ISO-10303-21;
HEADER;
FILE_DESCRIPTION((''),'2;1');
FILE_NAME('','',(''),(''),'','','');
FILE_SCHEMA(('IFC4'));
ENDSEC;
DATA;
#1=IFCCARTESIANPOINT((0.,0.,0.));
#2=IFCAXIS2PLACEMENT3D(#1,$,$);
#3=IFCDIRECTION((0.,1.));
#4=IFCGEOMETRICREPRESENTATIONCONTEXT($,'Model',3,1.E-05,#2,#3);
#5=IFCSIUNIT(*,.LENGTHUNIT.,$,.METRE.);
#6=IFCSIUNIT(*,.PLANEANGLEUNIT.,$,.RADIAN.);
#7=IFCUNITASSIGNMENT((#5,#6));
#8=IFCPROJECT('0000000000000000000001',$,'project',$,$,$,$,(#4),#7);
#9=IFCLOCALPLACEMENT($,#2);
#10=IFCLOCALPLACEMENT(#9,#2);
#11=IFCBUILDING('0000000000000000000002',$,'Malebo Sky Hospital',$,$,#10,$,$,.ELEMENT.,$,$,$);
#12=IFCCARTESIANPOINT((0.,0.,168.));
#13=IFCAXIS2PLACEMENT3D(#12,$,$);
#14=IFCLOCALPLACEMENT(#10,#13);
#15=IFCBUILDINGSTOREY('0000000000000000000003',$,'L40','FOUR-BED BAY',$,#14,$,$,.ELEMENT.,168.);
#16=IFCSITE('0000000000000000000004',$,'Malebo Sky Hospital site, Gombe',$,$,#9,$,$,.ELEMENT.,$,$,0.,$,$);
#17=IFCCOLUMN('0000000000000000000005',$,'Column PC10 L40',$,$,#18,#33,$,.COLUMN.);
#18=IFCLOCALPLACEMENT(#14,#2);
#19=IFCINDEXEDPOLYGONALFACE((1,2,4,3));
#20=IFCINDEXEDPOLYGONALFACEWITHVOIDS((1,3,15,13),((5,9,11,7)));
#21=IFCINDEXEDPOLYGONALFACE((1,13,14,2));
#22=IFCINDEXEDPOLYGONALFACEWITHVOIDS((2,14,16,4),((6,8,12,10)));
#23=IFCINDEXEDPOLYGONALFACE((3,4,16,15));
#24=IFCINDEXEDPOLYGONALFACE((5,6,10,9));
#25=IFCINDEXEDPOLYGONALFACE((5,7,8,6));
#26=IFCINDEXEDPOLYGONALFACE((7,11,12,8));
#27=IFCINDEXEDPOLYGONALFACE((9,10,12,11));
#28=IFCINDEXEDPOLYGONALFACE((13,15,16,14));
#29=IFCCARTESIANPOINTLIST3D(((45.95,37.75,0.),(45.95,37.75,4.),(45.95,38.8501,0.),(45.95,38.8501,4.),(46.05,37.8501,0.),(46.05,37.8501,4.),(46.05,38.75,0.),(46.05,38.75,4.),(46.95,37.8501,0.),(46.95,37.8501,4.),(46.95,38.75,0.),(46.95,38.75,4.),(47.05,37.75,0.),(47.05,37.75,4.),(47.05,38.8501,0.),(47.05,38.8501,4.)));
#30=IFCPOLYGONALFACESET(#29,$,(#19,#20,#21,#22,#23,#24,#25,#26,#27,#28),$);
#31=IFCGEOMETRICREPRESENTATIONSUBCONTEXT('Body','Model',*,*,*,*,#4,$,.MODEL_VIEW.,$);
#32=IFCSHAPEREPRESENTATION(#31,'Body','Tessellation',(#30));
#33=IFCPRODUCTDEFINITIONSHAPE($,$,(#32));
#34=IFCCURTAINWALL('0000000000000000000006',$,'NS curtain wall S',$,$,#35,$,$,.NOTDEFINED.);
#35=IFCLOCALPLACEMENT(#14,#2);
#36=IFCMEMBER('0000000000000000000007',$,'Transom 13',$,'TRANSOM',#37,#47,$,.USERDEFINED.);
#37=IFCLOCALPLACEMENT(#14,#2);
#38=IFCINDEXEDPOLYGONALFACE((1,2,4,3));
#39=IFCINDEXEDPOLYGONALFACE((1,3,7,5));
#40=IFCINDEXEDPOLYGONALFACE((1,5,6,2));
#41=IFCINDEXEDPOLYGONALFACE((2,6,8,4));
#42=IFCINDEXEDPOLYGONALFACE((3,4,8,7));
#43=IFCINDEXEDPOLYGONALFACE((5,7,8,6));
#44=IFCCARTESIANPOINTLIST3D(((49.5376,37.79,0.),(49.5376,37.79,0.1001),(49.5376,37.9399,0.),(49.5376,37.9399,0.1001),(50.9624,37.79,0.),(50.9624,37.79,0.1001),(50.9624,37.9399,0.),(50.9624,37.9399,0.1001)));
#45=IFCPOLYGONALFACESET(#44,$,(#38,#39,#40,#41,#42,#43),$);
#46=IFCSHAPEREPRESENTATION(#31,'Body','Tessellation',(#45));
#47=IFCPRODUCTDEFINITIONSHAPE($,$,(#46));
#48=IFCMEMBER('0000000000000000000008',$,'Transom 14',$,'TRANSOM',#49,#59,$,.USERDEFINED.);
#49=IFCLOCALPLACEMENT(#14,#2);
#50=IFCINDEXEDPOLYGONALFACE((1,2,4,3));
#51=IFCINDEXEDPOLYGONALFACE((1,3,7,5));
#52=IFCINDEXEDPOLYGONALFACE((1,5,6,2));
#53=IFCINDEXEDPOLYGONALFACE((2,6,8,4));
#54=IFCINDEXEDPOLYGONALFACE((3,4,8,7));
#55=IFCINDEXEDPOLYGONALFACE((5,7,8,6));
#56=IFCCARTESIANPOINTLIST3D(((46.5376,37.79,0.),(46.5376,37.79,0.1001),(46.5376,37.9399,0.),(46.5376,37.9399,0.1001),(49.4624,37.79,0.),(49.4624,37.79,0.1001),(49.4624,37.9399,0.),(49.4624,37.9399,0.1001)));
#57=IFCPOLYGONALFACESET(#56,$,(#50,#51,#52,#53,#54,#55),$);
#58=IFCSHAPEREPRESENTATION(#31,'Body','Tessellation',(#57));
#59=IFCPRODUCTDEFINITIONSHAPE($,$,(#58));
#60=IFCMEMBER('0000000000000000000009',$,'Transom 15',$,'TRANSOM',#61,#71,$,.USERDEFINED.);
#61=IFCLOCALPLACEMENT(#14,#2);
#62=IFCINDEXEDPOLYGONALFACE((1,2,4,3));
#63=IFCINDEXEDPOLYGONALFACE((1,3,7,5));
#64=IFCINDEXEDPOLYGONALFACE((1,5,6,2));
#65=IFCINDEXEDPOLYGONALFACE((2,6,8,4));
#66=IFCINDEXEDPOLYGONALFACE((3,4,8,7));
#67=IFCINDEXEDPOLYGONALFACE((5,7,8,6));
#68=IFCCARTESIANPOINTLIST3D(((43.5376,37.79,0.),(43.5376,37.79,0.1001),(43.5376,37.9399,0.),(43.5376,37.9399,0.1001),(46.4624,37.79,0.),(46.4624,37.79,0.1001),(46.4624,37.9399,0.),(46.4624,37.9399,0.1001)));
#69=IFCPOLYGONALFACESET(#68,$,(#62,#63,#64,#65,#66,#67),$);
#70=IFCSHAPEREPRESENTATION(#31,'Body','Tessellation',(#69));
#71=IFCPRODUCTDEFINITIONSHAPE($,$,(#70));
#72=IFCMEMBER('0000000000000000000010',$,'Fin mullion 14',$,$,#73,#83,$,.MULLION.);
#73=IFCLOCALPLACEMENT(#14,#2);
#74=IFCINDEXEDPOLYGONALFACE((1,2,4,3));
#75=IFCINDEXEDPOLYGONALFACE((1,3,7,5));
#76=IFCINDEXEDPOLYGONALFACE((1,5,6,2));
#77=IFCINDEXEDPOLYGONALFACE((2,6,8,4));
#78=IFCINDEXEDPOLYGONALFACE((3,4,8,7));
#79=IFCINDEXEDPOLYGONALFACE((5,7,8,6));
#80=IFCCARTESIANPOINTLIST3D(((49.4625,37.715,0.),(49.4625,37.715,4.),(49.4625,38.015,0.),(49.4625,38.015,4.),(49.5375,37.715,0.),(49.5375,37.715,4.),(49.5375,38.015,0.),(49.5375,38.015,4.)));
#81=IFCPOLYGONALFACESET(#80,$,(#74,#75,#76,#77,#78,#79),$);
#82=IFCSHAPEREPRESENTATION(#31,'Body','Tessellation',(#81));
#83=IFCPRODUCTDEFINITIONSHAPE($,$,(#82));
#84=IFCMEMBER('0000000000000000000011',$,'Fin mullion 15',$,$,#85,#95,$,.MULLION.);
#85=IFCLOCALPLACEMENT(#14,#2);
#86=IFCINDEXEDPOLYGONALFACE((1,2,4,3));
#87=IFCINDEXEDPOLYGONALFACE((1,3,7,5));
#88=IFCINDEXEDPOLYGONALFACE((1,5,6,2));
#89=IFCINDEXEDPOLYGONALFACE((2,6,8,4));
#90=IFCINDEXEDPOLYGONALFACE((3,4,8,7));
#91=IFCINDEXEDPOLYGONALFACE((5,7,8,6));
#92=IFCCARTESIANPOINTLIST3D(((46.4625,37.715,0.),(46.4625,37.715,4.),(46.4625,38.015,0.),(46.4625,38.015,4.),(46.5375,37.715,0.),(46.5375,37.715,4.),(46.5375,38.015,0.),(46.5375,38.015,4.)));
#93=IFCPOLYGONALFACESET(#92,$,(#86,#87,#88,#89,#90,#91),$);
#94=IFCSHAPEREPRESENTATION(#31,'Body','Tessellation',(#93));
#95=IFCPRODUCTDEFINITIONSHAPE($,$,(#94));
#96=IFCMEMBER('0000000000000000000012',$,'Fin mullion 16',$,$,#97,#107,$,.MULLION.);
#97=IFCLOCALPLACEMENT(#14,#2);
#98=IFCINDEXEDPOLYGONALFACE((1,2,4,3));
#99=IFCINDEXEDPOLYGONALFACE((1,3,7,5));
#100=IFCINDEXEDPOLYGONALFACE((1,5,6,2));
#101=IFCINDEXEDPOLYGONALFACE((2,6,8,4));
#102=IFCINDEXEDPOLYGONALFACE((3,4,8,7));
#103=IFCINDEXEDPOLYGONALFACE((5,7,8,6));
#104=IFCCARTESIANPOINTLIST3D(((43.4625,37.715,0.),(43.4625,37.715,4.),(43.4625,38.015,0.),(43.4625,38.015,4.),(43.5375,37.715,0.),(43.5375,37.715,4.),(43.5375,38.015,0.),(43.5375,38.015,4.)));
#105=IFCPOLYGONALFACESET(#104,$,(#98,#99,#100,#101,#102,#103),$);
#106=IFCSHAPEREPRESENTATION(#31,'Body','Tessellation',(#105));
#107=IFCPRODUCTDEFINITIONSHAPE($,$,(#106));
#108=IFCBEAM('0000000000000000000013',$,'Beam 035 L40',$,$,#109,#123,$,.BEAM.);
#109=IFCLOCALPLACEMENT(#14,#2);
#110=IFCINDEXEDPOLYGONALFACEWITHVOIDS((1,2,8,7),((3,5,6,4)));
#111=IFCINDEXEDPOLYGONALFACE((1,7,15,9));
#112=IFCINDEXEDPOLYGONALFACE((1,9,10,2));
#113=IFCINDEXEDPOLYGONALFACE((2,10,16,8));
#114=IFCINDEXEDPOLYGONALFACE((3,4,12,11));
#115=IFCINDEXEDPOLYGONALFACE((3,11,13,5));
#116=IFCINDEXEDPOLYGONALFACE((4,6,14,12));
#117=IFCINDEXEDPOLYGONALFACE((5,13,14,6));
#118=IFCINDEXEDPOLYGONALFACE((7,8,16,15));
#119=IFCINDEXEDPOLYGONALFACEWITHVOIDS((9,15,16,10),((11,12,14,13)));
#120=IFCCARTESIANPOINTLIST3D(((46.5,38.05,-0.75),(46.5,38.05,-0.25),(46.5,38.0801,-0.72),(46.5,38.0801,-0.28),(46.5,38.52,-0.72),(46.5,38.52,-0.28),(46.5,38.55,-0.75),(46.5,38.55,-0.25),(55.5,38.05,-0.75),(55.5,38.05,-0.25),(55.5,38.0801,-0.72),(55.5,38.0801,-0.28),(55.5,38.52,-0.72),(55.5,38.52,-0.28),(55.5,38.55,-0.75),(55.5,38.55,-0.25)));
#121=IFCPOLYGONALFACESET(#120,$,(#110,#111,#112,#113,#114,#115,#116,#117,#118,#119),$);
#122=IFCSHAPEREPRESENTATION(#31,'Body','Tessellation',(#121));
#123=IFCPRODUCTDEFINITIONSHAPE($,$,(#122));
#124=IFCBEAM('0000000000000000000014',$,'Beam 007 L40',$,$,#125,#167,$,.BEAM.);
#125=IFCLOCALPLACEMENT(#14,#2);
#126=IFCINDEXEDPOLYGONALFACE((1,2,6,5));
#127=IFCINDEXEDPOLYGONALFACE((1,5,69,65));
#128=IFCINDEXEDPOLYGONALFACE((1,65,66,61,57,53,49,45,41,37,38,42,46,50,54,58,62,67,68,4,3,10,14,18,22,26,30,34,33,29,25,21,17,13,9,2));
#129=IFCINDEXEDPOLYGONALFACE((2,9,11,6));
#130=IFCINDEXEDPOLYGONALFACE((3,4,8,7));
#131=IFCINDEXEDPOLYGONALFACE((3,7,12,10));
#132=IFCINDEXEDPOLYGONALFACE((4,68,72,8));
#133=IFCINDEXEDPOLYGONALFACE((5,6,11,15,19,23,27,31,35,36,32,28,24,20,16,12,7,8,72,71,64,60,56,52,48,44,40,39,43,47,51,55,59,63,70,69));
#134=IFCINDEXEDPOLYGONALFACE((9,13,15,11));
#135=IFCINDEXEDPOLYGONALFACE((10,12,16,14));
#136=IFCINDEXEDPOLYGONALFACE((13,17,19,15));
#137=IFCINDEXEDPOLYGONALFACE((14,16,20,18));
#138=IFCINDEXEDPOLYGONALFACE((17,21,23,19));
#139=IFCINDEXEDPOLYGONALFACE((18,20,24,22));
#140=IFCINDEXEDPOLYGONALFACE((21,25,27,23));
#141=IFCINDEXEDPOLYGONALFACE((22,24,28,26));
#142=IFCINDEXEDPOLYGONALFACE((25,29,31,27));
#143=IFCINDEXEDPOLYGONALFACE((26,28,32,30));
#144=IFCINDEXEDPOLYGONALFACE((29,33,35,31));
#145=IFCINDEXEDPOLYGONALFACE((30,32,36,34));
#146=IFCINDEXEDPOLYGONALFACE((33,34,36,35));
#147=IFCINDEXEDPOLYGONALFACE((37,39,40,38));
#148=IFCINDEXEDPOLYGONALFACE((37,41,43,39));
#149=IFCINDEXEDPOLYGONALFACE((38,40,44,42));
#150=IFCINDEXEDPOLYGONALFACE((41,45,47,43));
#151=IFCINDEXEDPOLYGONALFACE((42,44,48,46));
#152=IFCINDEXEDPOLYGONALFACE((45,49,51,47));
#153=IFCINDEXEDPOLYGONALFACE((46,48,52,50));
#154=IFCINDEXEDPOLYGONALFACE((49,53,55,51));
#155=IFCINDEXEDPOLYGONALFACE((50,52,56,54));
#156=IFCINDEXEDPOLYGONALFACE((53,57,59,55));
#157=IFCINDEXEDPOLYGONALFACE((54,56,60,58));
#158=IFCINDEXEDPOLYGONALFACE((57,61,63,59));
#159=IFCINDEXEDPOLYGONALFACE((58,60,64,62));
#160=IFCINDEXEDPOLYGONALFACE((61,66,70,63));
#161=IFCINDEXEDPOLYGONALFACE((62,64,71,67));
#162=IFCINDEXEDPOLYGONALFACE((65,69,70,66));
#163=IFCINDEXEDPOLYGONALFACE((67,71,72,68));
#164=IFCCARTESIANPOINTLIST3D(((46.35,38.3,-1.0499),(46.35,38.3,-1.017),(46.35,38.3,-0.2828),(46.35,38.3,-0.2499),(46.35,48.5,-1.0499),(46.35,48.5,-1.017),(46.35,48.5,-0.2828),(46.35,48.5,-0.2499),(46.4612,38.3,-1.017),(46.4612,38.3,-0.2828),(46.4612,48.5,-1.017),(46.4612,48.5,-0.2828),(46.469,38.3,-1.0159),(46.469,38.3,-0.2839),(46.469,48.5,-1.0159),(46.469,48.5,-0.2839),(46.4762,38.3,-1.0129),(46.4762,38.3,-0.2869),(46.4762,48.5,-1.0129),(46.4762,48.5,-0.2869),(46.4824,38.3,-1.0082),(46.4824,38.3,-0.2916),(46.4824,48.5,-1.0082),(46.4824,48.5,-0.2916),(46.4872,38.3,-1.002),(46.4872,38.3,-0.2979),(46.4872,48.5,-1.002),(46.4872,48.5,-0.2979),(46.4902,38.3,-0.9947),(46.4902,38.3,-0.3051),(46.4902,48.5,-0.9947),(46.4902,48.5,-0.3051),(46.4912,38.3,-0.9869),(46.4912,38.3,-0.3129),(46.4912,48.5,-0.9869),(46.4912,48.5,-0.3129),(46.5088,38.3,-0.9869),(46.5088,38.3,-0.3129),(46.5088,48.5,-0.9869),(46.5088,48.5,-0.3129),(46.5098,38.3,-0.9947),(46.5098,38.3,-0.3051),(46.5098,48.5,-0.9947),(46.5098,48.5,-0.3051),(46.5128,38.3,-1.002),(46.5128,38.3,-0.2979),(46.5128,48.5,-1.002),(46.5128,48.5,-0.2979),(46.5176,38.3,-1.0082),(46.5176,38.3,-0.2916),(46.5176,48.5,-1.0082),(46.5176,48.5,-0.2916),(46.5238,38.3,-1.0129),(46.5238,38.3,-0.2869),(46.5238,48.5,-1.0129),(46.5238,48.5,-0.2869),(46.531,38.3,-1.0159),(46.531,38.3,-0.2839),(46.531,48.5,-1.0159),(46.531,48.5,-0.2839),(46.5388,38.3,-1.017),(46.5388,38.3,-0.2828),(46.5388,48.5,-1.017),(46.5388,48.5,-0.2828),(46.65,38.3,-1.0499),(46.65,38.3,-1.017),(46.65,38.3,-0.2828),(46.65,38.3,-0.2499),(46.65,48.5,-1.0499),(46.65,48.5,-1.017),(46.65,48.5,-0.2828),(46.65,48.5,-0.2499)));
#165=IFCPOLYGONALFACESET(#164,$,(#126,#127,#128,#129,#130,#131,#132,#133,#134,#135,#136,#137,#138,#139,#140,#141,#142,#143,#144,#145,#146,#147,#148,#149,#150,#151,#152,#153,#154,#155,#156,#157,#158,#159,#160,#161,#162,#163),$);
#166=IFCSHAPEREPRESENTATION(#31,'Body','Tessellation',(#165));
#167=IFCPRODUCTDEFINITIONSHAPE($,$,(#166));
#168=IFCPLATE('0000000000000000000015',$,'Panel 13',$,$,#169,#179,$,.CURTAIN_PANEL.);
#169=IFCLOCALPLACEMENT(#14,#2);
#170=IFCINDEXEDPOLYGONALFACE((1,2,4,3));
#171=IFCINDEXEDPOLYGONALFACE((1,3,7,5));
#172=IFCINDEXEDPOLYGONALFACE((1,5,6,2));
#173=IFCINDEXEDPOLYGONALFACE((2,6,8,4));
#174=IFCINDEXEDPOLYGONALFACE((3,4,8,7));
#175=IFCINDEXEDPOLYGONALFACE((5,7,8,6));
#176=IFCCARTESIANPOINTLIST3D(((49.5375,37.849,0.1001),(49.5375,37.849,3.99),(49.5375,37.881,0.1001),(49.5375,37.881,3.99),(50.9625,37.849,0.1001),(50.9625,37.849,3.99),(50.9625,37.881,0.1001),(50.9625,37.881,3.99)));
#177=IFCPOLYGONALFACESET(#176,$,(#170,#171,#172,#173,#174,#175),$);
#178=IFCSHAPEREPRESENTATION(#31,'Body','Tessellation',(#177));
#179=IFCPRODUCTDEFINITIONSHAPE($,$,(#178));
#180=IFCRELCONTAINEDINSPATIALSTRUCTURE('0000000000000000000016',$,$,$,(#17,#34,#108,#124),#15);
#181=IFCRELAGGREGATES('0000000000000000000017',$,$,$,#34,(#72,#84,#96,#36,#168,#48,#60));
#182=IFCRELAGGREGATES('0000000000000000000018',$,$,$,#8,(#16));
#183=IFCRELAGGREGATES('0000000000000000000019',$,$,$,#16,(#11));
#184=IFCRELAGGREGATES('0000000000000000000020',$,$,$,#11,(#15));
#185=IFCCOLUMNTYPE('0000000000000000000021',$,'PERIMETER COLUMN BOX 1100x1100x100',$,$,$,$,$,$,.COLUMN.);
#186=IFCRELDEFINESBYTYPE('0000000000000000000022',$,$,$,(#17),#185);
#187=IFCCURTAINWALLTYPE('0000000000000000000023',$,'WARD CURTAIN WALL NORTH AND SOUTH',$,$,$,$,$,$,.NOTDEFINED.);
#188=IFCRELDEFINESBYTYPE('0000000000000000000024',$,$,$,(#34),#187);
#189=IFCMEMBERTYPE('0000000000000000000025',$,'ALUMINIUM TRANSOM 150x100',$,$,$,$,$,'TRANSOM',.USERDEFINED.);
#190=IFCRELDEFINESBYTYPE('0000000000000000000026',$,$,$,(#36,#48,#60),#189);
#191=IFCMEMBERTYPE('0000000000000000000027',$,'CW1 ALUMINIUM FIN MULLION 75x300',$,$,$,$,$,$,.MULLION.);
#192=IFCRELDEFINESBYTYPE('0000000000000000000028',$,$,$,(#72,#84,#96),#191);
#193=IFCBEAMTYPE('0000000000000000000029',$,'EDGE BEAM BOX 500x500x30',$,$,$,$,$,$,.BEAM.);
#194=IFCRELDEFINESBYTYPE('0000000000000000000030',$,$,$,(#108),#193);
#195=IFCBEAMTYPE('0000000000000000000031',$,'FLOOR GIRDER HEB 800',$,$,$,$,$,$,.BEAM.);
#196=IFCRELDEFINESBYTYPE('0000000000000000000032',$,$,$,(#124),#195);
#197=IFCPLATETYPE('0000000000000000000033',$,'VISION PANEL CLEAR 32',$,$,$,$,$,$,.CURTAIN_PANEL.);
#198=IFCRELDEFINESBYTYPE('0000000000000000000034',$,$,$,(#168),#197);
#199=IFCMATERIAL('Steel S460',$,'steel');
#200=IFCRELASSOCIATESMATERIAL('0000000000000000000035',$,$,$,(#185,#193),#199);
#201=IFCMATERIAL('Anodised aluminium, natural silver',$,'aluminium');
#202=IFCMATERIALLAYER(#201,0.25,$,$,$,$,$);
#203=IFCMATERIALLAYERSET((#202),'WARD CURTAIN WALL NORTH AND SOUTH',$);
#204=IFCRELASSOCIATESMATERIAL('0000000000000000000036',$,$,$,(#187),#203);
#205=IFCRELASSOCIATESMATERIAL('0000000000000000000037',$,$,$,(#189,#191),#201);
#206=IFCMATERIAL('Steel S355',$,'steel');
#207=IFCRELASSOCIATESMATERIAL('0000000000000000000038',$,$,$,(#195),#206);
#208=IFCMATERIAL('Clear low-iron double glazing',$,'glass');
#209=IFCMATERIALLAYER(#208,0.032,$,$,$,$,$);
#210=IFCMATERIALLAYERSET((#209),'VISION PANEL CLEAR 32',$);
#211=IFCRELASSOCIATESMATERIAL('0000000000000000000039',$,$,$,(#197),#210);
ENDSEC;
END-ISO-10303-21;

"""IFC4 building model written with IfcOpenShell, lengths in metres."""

from ifc_helpers import new_model, si_unit, direction, frame, origin, origin_2d, place, context, subcontext, project, spatial, rectangle, hollow_rectangle, i_section, extrude, material, layer, layer_set, material_profile, profile_set, type_object, element, aggregate, save


model = new_model("IFC4")

# Units and contexts
model_context = context("Model", 3, precision=1e-05, world=origin(), true_north=direction((0.0, 1.0)))
body_context = subcontext(model_context, "Body", "Model", "MODEL_VIEW")
ifc_project = project(units=[si_unit("LENGTHUNIT", "METRE"), si_unit("PLANEANGLEUNIT", "RADIAN")], contexts=[model_context])

# Site, building, storey
site_placement = place(None, origin())
site = spatial("IfcSite", under=ifc_project, at=site_placement, Name="Malebo Sky Hospital site, Gombe", CompositionType="ELEMENT", RefElevation=0.0)
building_placement = place(site_placement, origin())
building = spatial("IfcBuilding", under=site, at=building_placement, Name="Malebo Sky Hospital", CompositionType="ELEMENT")
storey_placement = place(building_placement, frame((0.0, 0.0, 168.0)))
storey = spatial("IfcBuildingStorey", under=building, at=storey_placement, Name="L40", Description="FOUR-BED BAY", CompositionType="ELEMENT", Elevation=168.0)

# Column
ifc_material_1 = material(Name="Steel S460", Category="steel")
ifc_material_profile_1 = material_profile(ifc_material_1, hollow_rectangle(XDim=1.1001, YDim=1.1001, WallThickness=0.1001, at=origin_2d()), Name="BOX 1100x1100x100")
ifc_profile_set_1 = profile_set([ifc_material_profile_1], Name="Steel S460")
column_type = type_object("IfcColumnType", Name="PERIMETER COLUMN BOX 1100x1100x100", PredefinedType="COLUMN", material=ifc_profile_set_1)
column_placement = place(storey_placement, frame((46.5, 38.3, 0.0), z_axis=(0.0, 0.0, 1.0), x_axis=(1.0, 0.0, 0.0)))
element("IfcColumn", 1, at=column_placement, inside=storey, type_object=column_type, Name="Column PC10 L40", PredefinedType="COLUMN", context=body_context, shape_type="SweptSolid", body=[
    extrude(hollow_rectangle(XDim=1.1001, YDim=1.1001, WallThickness=0.1001, at=origin_2d()), origin(), (0.0, 0.0, 1.0), 4.0),
])

# Curtain wall, members
ifc_material_2 = material(Name="Anodised aluminium, natural silver", Category="aluminium")
ifc_layer_1 = layer(ifc_material_2, 0.25)
ifc_layer_set_1 = layer_set([ifc_layer_1], Name="WARD CURTAIN WALL NORTH AND SOUTH")
curtain_wall_type = type_object("IfcCurtainWallType", Name="WARD CURTAIN WALL NORTH AND SOUTH", PredefinedType="NOTDEFINED", material=ifc_layer_set_1)
curtain_wall_placement = place(storey_placement, origin())
curtain_wall = element("IfcCurtainWall", 2, at=curtain_wall_placement, inside=storey, type_object=curtain_wall_type, Name="NS curtain wall S", PredefinedType="NOTDEFINED")
ifc_material_profile_2 = material_profile(ifc_material_2, rectangle(XDim=0.1499, YDim=0.1001, at=origin_2d()), Name="ALUMINIUM TRANSOM 150x100")
ifc_profile_set_2 = profile_set([ifc_material_profile_2], Name="Anodised aluminium, natural silver")
member_type_1 = type_object("IfcMemberType", Name="ALUMINIUM TRANSOM 150x100", ElementType="TRANSOM", PredefinedType="USERDEFINED", material=ifc_profile_set_2)
member_1_placement = place(storey_placement, frame((50.9624, 37.865, 0.05), z_axis=(-1.0, 0.0, 0.0), x_axis=(0.0, -1.0, 0.0)))
member_1 = element("IfcMember", 3, at=member_1_placement, type_object=member_type_1, Name="Transom 13", ObjectType="TRANSOM", PredefinedType="USERDEFINED", context=body_context, shape_type="SweptSolid", body=[
    extrude(rectangle(XDim=0.1499, YDim=0.1001, at=origin_2d()), origin(), (0.0, 0.0, 1.0), 1.4248),
])
member_2_placement = place(storey_placement, frame((49.4624, 37.865, 0.05), z_axis=(-1.0, 0.0, 0.0), x_axis=(0.0, -1.0, 0.0)))
member_2 = element("IfcMember", 4, at=member_2_placement, type_object=member_type_1, Name="Transom 14", ObjectType="TRANSOM", PredefinedType="USERDEFINED", context=body_context, shape_type="SweptSolid", body=[
    extrude(rectangle(XDim=0.1499, YDim=0.1001, at=origin_2d()), origin(), (0.0, 0.0, 1.0), 2.9248),
])
member_3_placement = place(storey_placement, frame((46.4624, 37.865, 0.05), z_axis=(-1.0, 0.0, 0.0), x_axis=(0.0, -1.0, 0.0)))
member_3 = element("IfcMember", 5, at=member_3_placement, type_object=member_type_1, Name="Transom 15", ObjectType="TRANSOM", PredefinedType="USERDEFINED", context=body_context, shape_type="SweptSolid", body=[
    extrude(rectangle(XDim=0.1499, YDim=0.1001, at=origin_2d()), origin(), (0.0, 0.0, 1.0), 2.9248),
])
ifc_material_profile_3 = material_profile(ifc_material_2, rectangle(XDim=0.075, YDim=0.3, at=origin_2d()), Name="CW1 ALUMINIUM FIN MULLION 75x300")
ifc_profile_set_3 = profile_set([ifc_material_profile_3], Name="Anodised aluminium, natural silver")
member_type_2 = type_object("IfcMemberType", Name="CW1 ALUMINIUM FIN MULLION 75x300", PredefinedType="MULLION", material=ifc_profile_set_3)
member_4_placement = place(storey_placement, frame((49.5, 37.865, 0.0), z_axis=(0.0, 0.0, 1.0), x_axis=(-1.0, 0.0, 0.0)))
member_4 = element("IfcMember", 6, at=member_4_placement, type_object=member_type_2, Name="Fin mullion 14", PredefinedType="MULLION", context=body_context, shape_type="SweptSolid", body=[
    extrude(rectangle(XDim=0.075, YDim=0.3, at=origin_2d()), origin(), (0.0, 0.0, 1.0), 4.0),
])
member_5_placement = place(storey_placement, frame((46.5, 37.865, 0.0), z_axis=(0.0, 0.0, 1.0), x_axis=(-1.0, 0.0, 0.0)))
member_5 = element("IfcMember", 7, at=member_5_placement, type_object=member_type_2, Name="Fin mullion 15", PredefinedType="MULLION", context=body_context, shape_type="SweptSolid", body=[
    extrude(rectangle(XDim=0.075, YDim=0.3, at=origin_2d()), origin(), (0.0, 0.0, 1.0), 4.0),
])
member_6_placement = place(storey_placement, frame((43.5, 37.865, 0.0), z_axis=(0.0, 0.0, 1.0), x_axis=(-1.0, 0.0, 0.0)))
member_6 = element("IfcMember", 8, at=member_6_placement, type_object=member_type_2, Name="Fin mullion 16", PredefinedType="MULLION", context=body_context, shape_type="SweptSolid", body=[
    extrude(rectangle(XDim=0.075, YDim=0.3, at=origin_2d()), origin(), (0.0, 0.0, 1.0), 4.0),
])

# Beams
ifc_material_profile_4 = material_profile(ifc_material_1, hollow_rectangle(XDim=0.5, YDim=0.5, WallThickness=0.03, at=origin_2d()), Name="BOX 500x500x30")
ifc_profile_set_4 = profile_set([ifc_material_profile_4], Name="Steel S460")
beam_type_1 = type_object("IfcBeamType", Name="EDGE BEAM BOX 500x500x30", PredefinedType="BEAM", material=ifc_profile_set_4)
beam_1_placement = place(storey_placement, frame((46.5, 38.3, -0.5), z_axis=(1.0, 0.0, 0.0), x_axis=(0.0, 1.0, 0.0)))
element("IfcBeam", 9, at=beam_1_placement, inside=storey, type_object=beam_type_1, Name="Beam 035 L40", PredefinedType="BEAM", context=body_context, shape_type="SweptSolid", body=[
    extrude(hollow_rectangle(XDim=0.5, YDim=0.5, WallThickness=0.03, at=origin_2d()), origin(), (0.0, 0.0, 1.0), 9.0),
])
ifc_material_3 = material(Name="Steel S355", Category="steel")
ifc_material_profile_5 = material_profile(ifc_material_3, i_section(OverallWidth=0.3, OverallDepth=0.8, WebThickness=0.0176, FlangeThickness=0.033, FilletRadius=0.03, at=origin_2d()), Name="HEB 800")
ifc_profile_set_5 = profile_set([ifc_material_profile_5], Name="Steel S355")
beam_type_2 = type_object("IfcBeamType", Name="FLOOR GIRDER HEB 800", PredefinedType="BEAM", material=ifc_profile_set_5)
beam_2_placement = place(storey_placement, frame((46.5, 38.3, -0.6499), z_axis=(0.0, 1.0, 0.0), x_axis=(-1.0, 0.0, 0.0)))
element("IfcBeam", 10, at=beam_2_placement, inside=storey, type_object=beam_type_2, Name="Beam 007 L40", PredefinedType="BEAM", context=body_context, shape_type="SweptSolid", body=[
    extrude(i_section(OverallWidth=0.3, OverallDepth=0.8, WebThickness=0.0176, FlangeThickness=0.033, FilletRadius=0.03, at=origin_2d()), origin(), (0.0, 0.0, 1.0), 10.2),
])

# Plate
ifc_material_4 = material(Name="Clear low-iron double glazing", Category="glass")
ifc_layer_2 = layer(ifc_material_4, 0.032)
ifc_layer_set_2 = layer_set([ifc_layer_2], Name="VISION PANEL CLEAR 32")
plate_type = type_object("IfcPlateType", Name="VISION PANEL CLEAR 32", PredefinedType="CURTAIN_PANEL", material=ifc_layer_set_2)
plate_1_placement = place(storey_placement, frame((50.25, 37.865, 0.1001), z_axis=(0.0, 0.0, 1.0), x_axis=(-1.0, 0.0, 0.0)))
plate_1 = element("IfcPlate", 11, at=plate_1_placement, type_object=plate_type, Name="Panel 13", PredefinedType="CURTAIN_PANEL", context=body_context, shape_type="SweptSolid", body=[
    extrude(rectangle(XDim=1.425, YDim=0.032, at=origin_2d()), origin(), (0.0, 0.0, 1.0), 3.8899),
])
aggregate(curtain_wall, [member_4, member_5, member_6, member_1, plate_1, member_2, member_3])

save(model, "model.ifc")
